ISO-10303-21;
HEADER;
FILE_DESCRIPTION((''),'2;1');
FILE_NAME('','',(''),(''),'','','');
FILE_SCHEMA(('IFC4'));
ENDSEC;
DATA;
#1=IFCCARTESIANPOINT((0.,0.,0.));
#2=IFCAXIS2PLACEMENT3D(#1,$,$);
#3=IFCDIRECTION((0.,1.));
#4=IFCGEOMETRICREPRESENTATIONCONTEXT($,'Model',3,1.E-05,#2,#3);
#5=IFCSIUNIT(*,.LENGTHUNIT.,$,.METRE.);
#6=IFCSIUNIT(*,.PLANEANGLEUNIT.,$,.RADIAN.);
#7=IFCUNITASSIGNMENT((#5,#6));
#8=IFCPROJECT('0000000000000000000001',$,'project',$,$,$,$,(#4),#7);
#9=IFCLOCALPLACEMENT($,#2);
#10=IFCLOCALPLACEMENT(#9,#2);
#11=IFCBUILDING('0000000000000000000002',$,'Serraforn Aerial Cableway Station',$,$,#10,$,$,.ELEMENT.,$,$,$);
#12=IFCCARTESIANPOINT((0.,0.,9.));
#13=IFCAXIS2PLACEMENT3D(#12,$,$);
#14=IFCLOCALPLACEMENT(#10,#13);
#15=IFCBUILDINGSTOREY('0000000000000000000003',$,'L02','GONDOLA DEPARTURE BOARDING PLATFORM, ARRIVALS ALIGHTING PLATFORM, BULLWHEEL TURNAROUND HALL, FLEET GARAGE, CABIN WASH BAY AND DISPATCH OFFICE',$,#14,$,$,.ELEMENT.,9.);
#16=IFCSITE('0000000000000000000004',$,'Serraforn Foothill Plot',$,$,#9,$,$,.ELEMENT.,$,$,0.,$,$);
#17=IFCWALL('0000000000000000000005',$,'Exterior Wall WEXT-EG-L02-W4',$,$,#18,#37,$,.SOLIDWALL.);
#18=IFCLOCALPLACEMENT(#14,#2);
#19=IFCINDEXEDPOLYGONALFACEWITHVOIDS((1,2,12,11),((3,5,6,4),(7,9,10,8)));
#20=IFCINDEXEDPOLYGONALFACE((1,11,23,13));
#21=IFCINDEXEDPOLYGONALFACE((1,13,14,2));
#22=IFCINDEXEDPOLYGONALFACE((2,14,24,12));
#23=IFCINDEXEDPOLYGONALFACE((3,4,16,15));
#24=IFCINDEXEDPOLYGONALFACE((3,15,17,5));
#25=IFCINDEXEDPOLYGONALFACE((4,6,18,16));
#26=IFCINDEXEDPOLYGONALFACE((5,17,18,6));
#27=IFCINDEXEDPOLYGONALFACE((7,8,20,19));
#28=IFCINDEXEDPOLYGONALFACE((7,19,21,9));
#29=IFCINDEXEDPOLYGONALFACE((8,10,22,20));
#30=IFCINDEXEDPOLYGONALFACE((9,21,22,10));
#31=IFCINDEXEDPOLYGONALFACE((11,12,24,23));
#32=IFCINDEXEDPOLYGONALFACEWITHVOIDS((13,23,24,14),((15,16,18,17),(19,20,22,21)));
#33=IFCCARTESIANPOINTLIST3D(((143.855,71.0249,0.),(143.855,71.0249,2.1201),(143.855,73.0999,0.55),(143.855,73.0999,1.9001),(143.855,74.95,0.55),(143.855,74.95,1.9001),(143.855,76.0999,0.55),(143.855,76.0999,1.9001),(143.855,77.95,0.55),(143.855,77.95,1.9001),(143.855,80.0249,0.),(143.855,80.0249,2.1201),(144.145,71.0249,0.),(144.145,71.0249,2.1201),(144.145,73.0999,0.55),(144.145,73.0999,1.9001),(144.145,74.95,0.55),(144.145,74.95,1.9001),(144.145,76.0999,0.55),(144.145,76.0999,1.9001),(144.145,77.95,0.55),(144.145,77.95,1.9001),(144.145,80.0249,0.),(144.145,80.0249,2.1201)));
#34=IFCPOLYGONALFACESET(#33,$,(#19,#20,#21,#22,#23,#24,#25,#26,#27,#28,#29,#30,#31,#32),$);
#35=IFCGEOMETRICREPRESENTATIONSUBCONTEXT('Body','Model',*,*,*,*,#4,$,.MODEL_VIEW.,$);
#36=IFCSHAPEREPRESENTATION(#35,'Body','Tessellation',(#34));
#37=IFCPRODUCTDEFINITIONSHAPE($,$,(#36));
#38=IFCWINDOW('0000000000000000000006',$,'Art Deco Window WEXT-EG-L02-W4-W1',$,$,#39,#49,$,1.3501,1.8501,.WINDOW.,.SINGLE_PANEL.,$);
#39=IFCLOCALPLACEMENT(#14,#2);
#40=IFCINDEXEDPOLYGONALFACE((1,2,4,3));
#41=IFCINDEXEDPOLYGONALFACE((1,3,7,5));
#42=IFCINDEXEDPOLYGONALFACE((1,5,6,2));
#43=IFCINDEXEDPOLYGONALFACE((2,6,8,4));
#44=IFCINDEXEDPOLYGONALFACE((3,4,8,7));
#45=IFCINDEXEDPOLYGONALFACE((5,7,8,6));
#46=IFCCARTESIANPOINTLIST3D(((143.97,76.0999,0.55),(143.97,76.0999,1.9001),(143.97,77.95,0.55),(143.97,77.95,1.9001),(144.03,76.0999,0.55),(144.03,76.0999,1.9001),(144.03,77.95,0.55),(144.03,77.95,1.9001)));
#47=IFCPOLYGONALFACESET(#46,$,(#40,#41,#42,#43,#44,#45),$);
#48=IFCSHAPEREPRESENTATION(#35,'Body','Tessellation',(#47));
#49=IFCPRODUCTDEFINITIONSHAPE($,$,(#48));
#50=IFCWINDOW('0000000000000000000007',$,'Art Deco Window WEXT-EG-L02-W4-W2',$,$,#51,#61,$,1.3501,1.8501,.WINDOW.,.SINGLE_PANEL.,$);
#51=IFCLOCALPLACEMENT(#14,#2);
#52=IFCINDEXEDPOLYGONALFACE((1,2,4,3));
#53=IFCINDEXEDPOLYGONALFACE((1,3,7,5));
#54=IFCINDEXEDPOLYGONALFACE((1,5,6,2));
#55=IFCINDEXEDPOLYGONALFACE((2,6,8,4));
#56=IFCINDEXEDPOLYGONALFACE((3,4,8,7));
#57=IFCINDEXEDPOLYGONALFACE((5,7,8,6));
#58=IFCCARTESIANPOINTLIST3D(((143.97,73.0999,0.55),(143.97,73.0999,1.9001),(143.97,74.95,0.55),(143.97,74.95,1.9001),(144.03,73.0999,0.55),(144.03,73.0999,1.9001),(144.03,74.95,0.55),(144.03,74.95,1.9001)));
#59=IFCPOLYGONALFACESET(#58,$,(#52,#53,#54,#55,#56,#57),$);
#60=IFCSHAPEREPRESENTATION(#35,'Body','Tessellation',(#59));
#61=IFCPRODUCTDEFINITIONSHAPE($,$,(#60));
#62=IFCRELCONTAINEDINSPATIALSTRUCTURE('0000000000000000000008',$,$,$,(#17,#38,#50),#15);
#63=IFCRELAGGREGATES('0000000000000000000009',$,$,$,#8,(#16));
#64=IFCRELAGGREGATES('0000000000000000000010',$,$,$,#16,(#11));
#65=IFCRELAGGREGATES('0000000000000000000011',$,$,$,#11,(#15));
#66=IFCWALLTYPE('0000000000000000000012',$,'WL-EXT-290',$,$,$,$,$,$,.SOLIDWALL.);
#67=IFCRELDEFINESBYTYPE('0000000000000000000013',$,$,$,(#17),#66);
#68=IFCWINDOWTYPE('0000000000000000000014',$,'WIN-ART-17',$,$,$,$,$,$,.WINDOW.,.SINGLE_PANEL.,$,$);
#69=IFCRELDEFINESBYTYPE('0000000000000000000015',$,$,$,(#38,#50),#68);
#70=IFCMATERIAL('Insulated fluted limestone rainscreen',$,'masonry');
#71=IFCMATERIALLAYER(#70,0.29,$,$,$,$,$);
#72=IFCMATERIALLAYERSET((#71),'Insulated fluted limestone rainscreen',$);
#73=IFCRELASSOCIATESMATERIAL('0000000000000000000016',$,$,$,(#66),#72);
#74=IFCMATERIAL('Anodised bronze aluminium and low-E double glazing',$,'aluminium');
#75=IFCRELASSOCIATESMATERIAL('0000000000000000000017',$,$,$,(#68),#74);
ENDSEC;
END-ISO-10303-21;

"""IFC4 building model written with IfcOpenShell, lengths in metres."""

from ifc_helpers import new_model, si_unit, direction, frame, frame_2d, origin, place, context, subcontext, project, spatial, rectangle, extrude, material, layer, layer_set, type_object, element, fill, save


model = new_model("IFC4")

# Units and contexts
model_context = context("Model", 3, precision=1e-05, world=origin(), true_north=direction((0.0, 1.0)))
body_context = subcontext(model_context, "Body", "Model", "MODEL_VIEW")
ifc_project = project(units=[si_unit("LENGTHUNIT", "METRE"), si_unit("PLANEANGLEUNIT", "RADIAN")], contexts=[model_context])

# Site, building, storey
site_placement = place(None, origin())
site = spatial("IfcSite", under=ifc_project, at=site_placement, Name="Serraforn Foothill Plot", CompositionType="ELEMENT", RefElevation=0.0)
building_placement = place(site_placement, origin())
building = spatial("IfcBuilding", under=site, at=building_placement, Name="Serraforn Aerial Cableway Station", CompositionType="ELEMENT")
storey_placement = place(building_placement, frame((0.0, 0.0, 9.0)))
storey = spatial("IfcBuildingStorey", under=building, at=storey_placement, Name="L02", Description="GONDOLA DEPARTURE BOARDING PLATFORM, ARRIVALS ALIGHTING PLATFORM, BULLWHEEL TURNAROUND HALL, FLEET GARAGE, CABIN WASH BAY AND DISPATCH OFFICE", CompositionType="ELEMENT", Elevation=9.0)

# Wall, openings, windows
ifc_material_1 = material(Name="Insulated fluted limestone rainscreen", Category="masonry")
ifc_layer_1 = layer(ifc_material_1, 0.29)
ifc_layer_set_1 = layer_set([ifc_layer_1], Name="Insulated fluted limestone rainscreen")
wall_type = type_object("IfcWallType", Name="WL-EXT-290", PredefinedType="SOLIDWALL", material=ifc_layer_set_1)
wall_placement = place(storey_placement, frame((144.0, 80.0249, 0.0), z_axis=(0.0, 0.0, 1.0), x_axis=(0.0, -1.0, 0.0)))
wall = element("IfcWall", 1, at=wall_placement, inside=storey, type_object=wall_type, Name="Exterior Wall WEXT-EG-L02-W4", PredefinedType="SOLIDWALL", context=body_context, shape_type="SweptSolid", body=[
    extrude(rectangle(XDim=9.0, YDim=0.29, at=frame_2d((4.5, 0.0))), origin(), (0.0, 0.0, 1.0), 2.1201),
])
opening_1_placement = place(wall_placement, frame((2.075, 0.0, 0.55)))
opening_1 = element("IfcOpeningElement", 2, at=opening_1_placement, cuts=wall, PredefinedType="OPENING", context=body_context, shape_type="SweptSolid", body=[
    extrude(rectangle(XDim=1.8501, YDim=1.3501, at=frame_2d((0.925, 0.675))), frame((0.0, 0.155, 0.0), z_axis=(0.0, -1.0, 0.0), x_axis=(1.0, 0.0, 0.0)), (0.0, 0.0, 1.0), 0.3101),
])
opening_2_placement = place(wall_placement, frame((5.075, 0.0, 0.55)))
opening_2 = element("IfcOpeningElement", 3, at=opening_2_placement, cuts=wall, PredefinedType="OPENING", context=body_context, shape_type="SweptSolid", body=[
    extrude(rectangle(XDim=1.8501, YDim=1.3501, at=frame_2d((0.925, 0.675))), frame((0.0, 0.155, 0.0), z_axis=(0.0, -1.0, 0.0), x_axis=(1.0, 0.0, 0.0)), (0.0, 0.0, 1.0), 0.3101),
])
ifc_material_2 = material(Name="Anodised bronze aluminium and low-E double glazing", Category="aluminium")
window_type = type_object("IfcWindowType", Name="WIN-ART-17", PartitioningType="SINGLE_PANEL", PredefinedType="WINDOW", material=ifc_material_2)
window_1_placement = place(opening_1_placement, origin())
window_1 = element("IfcWindow", 4, at=window_1_placement, inside=storey, type_object=window_type, Name="Art Deco Window WEXT-EG-L02-W4-W1", OverallHeight=1.3501, OverallWidth=1.8501, PartitioningType="SINGLE_PANEL", PredefinedType="WINDOW", context=body_context, shape_type="SweptSolid", body=[
    extrude(rectangle(XDim=1.8501, YDim=1.3501, at=frame_2d((0.925, 0.675))), frame((0.0, 0.03, 0.0), z_axis=(0.0, -1.0, 0.0), x_axis=(1.0, 0.0, 0.0)), (0.0, 0.0, 1.0), 0.0601),
])
fill(opening_1, window_1)
window_2_placement = place(opening_2_placement, origin())
window_2 = element("IfcWindow", 5, at=window_2_placement, inside=storey, type_object=window_type, Name="Art Deco Window WEXT-EG-L02-W4-W2", OverallHeight=1.3501, OverallWidth=1.8501, PartitioningType="SINGLE_PANEL", PredefinedType="WINDOW", context=body_context, shape_type="SweptSolid", body=[
    extrude(rectangle(XDim=1.8501, YDim=1.3501, at=frame_2d((0.925, 0.675))), frame((0.0, 0.03, 0.0), z_axis=(0.0, -1.0, 0.0), x_axis=(1.0, 0.0, 0.0)), (0.0, 0.0, 1.0), 0.0601),
])
fill(opening_2, window_2)

save(model, "model.ifc")
